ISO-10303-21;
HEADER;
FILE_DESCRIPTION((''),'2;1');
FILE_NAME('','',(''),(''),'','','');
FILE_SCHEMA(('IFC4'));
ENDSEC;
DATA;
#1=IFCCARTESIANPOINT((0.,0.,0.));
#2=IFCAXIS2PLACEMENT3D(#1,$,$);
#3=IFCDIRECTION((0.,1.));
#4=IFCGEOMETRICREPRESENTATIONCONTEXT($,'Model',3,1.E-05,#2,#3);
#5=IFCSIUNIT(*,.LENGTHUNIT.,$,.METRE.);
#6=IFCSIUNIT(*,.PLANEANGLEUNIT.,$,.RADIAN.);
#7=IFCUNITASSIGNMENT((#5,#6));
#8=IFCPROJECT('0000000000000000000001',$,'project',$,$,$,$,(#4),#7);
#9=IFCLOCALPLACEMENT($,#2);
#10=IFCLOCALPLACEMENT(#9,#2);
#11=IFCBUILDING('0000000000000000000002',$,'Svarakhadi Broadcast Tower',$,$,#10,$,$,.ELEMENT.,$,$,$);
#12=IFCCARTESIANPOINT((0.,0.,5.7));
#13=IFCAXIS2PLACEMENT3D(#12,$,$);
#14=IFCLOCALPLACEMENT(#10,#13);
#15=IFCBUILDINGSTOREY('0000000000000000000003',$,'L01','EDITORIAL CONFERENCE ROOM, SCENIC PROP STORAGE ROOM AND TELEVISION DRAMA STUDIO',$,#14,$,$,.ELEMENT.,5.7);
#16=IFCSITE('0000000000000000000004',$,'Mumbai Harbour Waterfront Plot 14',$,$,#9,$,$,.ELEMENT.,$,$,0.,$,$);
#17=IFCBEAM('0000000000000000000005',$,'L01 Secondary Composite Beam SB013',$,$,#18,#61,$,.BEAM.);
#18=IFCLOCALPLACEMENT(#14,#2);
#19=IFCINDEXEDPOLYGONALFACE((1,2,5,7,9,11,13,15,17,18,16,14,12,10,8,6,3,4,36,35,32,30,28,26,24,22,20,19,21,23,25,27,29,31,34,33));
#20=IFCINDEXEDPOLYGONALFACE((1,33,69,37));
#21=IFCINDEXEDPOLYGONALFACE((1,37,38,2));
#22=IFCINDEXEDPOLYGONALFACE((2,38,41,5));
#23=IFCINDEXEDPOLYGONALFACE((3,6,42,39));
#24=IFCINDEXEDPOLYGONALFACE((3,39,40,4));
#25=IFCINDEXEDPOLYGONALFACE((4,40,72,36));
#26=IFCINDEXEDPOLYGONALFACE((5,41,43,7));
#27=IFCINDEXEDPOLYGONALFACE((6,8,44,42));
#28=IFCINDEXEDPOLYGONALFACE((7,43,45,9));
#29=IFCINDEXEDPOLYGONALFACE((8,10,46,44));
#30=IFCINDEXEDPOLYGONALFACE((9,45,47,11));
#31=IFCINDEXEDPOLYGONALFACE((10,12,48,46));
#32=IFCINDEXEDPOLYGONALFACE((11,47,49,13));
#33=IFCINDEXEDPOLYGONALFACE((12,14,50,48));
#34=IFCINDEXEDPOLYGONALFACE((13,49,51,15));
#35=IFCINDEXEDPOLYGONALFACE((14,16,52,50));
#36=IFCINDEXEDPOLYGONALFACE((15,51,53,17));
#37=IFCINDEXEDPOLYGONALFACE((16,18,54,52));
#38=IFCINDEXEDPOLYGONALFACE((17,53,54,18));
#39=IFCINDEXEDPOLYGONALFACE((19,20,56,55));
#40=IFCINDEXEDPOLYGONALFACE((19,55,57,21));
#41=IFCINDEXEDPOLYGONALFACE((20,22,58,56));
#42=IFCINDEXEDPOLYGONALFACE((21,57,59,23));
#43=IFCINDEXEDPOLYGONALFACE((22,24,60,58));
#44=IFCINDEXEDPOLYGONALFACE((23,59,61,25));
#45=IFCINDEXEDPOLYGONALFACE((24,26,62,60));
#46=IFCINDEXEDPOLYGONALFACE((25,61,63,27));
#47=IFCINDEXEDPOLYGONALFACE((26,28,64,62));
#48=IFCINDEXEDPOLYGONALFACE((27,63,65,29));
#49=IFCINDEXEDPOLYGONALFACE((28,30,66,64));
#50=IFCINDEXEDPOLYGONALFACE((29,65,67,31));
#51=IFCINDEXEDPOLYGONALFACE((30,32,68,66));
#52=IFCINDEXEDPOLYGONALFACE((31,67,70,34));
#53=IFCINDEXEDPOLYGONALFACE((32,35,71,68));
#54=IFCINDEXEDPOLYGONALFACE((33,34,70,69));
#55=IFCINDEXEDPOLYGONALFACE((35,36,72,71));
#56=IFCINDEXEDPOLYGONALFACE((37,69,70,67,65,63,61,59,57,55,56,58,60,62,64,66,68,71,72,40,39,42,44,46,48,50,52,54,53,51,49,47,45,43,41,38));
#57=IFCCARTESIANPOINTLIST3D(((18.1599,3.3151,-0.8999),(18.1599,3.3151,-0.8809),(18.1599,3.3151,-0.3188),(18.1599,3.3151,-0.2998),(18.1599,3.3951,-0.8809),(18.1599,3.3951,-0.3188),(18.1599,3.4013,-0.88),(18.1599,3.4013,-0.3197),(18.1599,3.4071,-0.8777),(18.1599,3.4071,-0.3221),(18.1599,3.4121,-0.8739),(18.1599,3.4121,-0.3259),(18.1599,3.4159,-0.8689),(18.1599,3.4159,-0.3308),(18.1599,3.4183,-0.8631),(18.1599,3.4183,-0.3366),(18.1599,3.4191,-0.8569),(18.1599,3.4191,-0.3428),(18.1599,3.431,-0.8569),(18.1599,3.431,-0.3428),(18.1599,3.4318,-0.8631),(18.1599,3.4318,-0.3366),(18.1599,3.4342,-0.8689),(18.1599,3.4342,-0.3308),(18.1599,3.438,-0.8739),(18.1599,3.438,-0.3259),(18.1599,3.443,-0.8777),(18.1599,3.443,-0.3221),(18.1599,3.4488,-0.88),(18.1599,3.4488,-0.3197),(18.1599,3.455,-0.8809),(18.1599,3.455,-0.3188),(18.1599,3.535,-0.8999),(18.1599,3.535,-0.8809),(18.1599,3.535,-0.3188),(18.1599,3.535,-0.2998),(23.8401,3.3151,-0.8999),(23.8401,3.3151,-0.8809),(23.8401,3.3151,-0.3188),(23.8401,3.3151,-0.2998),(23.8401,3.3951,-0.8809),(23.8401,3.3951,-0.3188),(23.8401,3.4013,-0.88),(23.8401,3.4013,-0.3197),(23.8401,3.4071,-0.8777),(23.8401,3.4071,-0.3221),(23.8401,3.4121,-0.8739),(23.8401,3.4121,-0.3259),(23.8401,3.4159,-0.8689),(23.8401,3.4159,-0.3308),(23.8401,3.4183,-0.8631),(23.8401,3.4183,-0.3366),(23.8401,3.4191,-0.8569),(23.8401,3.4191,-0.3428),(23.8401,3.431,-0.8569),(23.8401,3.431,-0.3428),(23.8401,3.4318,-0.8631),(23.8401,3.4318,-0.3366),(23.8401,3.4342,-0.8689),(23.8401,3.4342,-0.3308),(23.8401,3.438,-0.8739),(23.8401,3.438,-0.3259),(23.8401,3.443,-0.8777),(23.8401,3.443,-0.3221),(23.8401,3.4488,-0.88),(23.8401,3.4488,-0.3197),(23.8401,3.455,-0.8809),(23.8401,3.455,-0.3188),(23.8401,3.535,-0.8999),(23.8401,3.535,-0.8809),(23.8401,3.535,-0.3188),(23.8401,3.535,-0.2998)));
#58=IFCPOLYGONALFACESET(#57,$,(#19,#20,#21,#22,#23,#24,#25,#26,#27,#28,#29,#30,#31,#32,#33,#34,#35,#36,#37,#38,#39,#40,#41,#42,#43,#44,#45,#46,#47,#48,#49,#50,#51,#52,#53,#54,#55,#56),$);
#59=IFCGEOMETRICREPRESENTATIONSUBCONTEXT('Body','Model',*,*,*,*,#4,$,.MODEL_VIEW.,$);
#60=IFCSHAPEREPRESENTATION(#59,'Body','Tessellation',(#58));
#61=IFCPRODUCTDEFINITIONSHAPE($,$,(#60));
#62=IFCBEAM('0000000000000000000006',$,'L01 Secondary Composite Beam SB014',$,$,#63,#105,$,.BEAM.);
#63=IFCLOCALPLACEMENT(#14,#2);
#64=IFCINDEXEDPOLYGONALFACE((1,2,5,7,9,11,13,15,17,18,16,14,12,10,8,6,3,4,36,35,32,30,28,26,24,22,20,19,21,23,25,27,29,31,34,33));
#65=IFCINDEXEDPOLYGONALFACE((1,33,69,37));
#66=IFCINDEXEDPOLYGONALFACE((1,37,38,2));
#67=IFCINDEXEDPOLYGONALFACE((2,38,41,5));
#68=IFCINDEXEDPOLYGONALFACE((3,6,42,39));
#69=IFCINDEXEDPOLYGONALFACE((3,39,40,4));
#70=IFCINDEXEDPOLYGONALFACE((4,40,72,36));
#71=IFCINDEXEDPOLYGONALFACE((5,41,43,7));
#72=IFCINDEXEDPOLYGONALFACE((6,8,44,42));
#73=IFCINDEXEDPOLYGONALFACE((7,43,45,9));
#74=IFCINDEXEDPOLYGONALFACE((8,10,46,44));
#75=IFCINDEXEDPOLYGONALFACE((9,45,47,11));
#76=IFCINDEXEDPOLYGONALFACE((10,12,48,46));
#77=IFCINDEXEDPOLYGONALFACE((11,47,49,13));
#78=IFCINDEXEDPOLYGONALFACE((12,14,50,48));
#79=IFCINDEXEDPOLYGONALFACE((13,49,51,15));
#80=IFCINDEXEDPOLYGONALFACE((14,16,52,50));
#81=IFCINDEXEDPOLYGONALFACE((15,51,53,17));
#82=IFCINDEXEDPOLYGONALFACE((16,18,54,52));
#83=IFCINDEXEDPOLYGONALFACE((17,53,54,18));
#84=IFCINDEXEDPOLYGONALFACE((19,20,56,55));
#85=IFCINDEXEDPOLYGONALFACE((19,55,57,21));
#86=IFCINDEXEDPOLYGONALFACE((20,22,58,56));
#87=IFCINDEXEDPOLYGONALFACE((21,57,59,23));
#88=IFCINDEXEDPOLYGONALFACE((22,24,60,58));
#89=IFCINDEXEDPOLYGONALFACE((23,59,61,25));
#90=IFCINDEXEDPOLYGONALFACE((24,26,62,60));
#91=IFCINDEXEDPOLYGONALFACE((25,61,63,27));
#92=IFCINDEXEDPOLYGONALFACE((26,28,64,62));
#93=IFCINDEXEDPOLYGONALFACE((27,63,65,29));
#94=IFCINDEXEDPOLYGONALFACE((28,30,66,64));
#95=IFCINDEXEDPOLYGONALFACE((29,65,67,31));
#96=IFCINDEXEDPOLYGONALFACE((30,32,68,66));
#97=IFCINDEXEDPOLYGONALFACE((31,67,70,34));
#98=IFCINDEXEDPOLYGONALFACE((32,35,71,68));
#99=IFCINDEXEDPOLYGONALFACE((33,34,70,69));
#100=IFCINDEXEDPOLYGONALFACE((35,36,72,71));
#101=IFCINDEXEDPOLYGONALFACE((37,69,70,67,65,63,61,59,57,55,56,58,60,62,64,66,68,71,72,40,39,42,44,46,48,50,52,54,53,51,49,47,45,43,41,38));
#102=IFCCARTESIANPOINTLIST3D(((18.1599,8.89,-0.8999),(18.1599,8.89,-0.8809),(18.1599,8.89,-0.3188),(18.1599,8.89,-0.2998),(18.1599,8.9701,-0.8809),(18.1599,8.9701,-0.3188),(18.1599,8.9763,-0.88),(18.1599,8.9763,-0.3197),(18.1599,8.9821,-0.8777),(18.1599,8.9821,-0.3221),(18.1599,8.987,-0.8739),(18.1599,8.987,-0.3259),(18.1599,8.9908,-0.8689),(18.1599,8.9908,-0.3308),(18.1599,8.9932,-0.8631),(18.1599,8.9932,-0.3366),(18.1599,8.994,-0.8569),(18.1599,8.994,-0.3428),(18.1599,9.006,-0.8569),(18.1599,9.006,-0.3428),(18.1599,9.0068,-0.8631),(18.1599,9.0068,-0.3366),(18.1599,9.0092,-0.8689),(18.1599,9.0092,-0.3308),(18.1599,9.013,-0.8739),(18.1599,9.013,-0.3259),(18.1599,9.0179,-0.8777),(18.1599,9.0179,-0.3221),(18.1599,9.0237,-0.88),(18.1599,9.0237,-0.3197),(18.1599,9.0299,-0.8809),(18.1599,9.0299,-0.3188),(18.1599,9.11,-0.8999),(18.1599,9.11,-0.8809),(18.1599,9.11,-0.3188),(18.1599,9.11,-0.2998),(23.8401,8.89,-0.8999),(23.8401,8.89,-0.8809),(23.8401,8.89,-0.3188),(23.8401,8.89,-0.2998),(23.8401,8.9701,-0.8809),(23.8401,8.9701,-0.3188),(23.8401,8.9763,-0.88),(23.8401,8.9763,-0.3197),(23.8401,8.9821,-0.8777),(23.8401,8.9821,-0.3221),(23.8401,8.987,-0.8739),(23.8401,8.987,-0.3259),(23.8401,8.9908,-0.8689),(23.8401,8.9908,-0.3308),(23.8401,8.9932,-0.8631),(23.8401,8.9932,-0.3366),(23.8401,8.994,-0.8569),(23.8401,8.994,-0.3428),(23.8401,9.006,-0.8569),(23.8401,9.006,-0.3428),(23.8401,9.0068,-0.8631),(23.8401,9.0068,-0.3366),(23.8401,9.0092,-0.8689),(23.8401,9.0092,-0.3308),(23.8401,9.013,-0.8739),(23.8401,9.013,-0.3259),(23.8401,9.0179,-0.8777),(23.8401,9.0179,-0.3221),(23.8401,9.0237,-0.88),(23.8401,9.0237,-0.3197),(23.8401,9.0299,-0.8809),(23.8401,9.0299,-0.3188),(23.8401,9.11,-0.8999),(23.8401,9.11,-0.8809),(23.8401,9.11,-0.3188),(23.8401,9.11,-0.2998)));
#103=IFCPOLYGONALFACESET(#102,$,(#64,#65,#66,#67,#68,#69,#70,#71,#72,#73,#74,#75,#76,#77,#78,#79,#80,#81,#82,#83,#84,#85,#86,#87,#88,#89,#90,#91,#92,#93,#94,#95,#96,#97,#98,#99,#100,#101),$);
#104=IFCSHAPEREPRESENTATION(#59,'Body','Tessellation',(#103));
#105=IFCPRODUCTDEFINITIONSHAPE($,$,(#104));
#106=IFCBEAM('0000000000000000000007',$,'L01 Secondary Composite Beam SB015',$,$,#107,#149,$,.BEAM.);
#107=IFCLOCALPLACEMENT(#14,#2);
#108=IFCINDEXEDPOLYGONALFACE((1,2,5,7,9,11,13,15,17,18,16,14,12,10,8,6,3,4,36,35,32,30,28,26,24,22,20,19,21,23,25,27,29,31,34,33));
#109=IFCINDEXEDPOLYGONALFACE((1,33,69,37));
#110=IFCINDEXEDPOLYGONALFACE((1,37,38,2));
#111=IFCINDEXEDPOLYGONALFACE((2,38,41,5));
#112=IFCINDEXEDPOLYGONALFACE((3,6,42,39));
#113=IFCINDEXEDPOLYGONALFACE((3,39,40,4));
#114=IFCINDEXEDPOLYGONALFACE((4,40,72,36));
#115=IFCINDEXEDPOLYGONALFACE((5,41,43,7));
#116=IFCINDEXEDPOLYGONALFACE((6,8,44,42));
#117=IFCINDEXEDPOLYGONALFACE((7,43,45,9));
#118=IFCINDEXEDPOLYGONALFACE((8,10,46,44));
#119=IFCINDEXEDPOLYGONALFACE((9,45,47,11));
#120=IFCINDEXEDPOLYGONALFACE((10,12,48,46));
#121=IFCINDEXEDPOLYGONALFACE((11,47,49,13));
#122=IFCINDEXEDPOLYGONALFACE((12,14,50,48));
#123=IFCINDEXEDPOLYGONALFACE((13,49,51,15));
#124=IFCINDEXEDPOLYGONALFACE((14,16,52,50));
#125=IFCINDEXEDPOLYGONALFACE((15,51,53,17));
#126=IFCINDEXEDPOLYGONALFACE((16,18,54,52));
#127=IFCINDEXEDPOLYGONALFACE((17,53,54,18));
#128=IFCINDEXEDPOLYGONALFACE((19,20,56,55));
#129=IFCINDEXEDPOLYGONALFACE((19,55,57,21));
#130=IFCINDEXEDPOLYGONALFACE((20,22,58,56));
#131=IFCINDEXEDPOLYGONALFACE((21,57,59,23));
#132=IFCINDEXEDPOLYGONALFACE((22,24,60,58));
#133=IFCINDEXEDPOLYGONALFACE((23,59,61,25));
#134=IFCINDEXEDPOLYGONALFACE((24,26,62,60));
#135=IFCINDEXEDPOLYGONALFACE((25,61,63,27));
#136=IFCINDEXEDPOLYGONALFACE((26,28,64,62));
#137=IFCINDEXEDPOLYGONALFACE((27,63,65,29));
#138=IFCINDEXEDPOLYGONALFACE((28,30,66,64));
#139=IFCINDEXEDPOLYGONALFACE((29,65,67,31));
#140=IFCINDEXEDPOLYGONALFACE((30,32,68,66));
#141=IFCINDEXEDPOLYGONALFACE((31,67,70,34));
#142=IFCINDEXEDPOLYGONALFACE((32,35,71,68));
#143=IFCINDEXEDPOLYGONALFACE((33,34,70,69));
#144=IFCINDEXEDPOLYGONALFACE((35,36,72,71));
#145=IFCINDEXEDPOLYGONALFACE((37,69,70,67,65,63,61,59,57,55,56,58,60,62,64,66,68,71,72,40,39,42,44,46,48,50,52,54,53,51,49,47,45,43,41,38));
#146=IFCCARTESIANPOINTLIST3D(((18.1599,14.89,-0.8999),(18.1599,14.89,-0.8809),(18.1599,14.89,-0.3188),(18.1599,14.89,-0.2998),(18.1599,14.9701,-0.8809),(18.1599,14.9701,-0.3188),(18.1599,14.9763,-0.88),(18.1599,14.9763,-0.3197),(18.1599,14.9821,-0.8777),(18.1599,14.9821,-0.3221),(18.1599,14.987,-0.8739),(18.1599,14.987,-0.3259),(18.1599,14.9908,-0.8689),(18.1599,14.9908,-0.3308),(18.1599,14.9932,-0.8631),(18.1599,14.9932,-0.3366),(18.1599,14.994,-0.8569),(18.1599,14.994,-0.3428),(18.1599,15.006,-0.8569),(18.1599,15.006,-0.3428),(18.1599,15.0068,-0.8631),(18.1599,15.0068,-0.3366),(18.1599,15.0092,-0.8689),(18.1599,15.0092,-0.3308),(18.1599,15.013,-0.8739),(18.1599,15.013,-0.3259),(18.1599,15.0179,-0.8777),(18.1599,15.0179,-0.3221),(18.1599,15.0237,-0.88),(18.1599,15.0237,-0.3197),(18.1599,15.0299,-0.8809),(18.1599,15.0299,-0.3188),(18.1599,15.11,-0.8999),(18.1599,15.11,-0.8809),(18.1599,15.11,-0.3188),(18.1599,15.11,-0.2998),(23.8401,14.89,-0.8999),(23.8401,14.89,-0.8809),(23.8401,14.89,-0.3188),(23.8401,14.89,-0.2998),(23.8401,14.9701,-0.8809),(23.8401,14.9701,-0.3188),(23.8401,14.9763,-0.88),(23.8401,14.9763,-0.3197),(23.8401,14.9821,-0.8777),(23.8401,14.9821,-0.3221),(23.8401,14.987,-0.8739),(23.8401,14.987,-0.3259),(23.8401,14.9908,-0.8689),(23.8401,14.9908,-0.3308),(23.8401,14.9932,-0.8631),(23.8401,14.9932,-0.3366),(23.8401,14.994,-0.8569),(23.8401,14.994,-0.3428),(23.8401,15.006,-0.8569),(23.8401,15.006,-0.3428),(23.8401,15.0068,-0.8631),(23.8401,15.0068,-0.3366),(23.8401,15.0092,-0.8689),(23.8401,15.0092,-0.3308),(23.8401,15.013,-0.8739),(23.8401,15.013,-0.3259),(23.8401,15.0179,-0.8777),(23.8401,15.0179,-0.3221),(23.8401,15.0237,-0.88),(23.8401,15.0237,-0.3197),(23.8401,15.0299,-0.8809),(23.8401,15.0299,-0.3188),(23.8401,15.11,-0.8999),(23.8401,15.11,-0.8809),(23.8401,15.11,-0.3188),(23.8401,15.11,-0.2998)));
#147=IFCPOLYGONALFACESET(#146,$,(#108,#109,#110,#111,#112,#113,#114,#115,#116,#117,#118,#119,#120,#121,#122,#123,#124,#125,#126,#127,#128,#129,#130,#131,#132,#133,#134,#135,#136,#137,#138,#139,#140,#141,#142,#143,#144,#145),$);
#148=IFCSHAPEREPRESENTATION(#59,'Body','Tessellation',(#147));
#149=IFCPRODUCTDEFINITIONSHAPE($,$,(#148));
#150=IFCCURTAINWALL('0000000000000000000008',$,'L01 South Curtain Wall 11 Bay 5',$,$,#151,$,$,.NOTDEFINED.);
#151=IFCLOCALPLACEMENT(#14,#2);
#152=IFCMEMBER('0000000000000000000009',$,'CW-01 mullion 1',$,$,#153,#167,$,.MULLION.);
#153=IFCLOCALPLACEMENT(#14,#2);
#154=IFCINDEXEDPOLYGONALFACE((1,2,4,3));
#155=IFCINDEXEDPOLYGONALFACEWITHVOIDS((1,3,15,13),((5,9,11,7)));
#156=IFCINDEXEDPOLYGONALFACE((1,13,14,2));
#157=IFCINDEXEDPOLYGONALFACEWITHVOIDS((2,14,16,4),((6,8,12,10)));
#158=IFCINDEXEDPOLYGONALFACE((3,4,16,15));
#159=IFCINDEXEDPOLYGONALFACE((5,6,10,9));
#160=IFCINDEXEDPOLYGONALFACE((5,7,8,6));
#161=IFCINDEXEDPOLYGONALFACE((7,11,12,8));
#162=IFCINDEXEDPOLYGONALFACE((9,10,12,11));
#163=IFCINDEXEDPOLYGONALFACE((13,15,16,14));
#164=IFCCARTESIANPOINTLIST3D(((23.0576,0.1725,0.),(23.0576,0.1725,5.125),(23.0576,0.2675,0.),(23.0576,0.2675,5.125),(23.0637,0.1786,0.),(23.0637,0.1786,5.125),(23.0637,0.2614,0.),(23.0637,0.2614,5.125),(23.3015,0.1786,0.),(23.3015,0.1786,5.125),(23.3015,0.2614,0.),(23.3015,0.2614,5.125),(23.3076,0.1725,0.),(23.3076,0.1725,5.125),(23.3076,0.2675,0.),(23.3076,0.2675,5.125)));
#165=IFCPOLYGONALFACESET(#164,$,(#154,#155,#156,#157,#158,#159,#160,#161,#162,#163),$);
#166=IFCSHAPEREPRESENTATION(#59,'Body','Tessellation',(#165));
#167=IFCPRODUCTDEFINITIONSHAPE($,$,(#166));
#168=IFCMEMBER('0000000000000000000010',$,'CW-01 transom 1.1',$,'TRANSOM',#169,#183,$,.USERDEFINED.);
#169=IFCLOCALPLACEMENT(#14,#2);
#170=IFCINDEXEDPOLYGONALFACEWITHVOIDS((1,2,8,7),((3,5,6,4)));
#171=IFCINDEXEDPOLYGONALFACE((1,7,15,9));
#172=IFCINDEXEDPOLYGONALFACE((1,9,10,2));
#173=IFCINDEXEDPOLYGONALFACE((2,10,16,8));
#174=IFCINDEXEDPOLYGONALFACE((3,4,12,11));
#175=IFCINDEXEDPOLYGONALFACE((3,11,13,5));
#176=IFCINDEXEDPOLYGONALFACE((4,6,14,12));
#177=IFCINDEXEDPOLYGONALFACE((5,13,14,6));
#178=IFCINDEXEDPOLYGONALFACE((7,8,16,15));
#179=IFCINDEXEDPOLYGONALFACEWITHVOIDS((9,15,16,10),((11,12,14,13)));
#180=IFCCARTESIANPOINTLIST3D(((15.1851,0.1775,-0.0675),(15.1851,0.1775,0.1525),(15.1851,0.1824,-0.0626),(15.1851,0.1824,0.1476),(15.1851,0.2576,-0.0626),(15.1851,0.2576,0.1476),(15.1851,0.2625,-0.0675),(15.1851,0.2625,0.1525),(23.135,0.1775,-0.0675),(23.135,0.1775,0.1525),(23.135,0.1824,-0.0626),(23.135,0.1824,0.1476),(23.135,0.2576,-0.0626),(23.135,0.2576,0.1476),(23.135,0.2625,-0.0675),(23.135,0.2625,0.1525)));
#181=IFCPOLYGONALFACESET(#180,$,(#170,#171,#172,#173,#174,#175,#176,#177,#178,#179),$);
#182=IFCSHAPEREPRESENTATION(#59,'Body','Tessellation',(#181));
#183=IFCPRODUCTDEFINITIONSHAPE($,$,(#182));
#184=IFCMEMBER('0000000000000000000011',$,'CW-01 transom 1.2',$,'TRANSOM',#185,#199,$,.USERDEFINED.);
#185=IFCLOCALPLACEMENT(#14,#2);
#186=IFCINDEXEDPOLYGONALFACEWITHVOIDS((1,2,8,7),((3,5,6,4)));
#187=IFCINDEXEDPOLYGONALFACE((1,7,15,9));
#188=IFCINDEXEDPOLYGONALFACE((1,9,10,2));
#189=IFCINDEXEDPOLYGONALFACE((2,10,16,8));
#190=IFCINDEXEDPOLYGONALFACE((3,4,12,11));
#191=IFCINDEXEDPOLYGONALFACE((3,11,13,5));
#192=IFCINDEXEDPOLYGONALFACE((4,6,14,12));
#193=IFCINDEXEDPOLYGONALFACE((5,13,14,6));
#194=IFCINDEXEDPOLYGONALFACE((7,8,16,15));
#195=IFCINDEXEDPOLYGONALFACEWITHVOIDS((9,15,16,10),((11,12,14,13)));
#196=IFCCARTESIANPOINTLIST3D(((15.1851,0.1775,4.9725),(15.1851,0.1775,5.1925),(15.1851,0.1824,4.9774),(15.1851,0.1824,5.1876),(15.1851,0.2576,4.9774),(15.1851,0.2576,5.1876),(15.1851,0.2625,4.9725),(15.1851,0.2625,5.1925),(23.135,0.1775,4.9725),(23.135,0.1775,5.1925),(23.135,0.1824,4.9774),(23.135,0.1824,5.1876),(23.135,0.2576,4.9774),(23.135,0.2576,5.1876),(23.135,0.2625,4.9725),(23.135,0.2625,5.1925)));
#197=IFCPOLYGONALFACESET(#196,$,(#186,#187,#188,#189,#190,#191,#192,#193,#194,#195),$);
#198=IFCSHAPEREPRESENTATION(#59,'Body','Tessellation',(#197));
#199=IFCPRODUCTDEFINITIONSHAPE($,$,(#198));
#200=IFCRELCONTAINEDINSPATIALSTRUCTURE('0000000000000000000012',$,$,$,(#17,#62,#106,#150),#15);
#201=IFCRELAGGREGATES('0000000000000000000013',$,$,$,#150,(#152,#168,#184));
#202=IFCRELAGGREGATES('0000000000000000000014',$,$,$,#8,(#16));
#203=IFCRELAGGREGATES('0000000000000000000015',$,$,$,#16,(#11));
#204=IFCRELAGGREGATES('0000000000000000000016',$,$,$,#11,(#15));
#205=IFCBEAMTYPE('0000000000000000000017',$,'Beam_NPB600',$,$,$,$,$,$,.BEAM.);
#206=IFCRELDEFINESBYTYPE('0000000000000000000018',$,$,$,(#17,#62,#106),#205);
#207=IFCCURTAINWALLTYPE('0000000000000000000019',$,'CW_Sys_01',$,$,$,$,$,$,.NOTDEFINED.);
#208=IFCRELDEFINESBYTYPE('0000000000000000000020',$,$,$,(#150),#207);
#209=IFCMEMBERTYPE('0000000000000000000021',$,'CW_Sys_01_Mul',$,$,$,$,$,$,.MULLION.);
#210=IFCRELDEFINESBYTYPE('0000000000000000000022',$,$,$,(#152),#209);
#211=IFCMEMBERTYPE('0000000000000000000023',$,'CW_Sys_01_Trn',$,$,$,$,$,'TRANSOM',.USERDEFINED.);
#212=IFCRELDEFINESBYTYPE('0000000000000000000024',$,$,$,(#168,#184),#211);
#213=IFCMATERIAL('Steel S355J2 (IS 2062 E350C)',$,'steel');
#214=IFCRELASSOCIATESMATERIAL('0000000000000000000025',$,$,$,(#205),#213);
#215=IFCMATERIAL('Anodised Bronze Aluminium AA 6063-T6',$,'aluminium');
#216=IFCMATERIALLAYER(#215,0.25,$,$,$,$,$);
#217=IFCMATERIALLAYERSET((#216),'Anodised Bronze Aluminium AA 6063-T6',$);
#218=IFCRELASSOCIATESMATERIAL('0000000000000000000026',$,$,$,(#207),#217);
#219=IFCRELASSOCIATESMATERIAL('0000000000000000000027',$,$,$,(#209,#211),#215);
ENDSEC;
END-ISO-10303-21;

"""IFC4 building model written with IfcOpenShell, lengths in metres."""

from ifc_helpers import new_model, si_unit, direction, frame, origin, origin_2d, place, context, subcontext, project, spatial, hollow_rectangle, i_section, extrude, material, layer, layer_set, material_profile, profile_set, type_object, element, aggregate, save


model = new_model("IFC4")

# Units and contexts
model_context = context("Model", 3, precision=1e-05, world=origin(), true_north=direction((0.0, 1.0)))
body_context = subcontext(model_context, "Body", "Model", "MODEL_VIEW")
ifc_project = project(units=[si_unit("LENGTHUNIT", "METRE"), si_unit("PLANEANGLEUNIT", "RADIAN")], contexts=[model_context])

# Site, building, storey
site_placement = place(None, origin())
site = spatial("IfcSite", under=ifc_project, at=site_placement, Name="Mumbai Harbour Waterfront Plot 14", CompositionType="ELEMENT", RefElevation=0.0)
building_placement = place(site_placement, origin())
building = spatial("IfcBuilding", under=site, at=building_placement, Name="Svarakhadi Broadcast Tower", CompositionType="ELEMENT")
storey_placement = place(building_placement, frame((0.0, 0.0, 5.7)))
storey = spatial("IfcBuildingStorey", under=building, at=storey_placement, Name="L01", Description="EDITORIAL CONFERENCE ROOM, SCENIC PROP STORAGE ROOM AND TELEVISION DRAMA STUDIO", CompositionType="ELEMENT", Elevation=5.7)

# Beams
ifc_material_1 = material(Name="Steel S355J2 (IS 2062 E350C)", Category="steel")
ifc_material_profile_1 = material_profile(ifc_material_1, i_section(OverallWidth=0.22, OverallDepth=0.6001, WebThickness=0.012, FlangeThickness=0.019, FilletRadius=0.0239, at=origin_2d()), Name="NPB 600x220x122")
ifc_profile_set_1 = profile_set([ifc_material_profile_1], Name="Steel S355J2 (IS 2062 E350C)")
beam_type_1 = type_object("IfcBeamType", Name="Beam_NPB600", PredefinedType="BEAM", material=ifc_profile_set_1)
for number, where, z_axis, x_axis, name in (
    (1, (18.1599, 3.425, -0.5999), (1.0, 0.0, 0.0), (0.0, 1.0, 0.0), "L01 Secondary Composite Beam SB013"),
    (2, (18.1599, 9.0, -0.5999), (1.0, 0.0, 0.0), (0.0, 1.0, 0.0), "L01 Secondary Composite Beam SB014"),
    (3, (18.1599, 15.0, -0.5999), (1.0, 0.0, 0.0), (0.0, 1.0, 0.0), "L01 Secondary Composite Beam SB015"),
):
    element("IfcBeam", number, at=place(storey_placement, frame(where, z_axis=z_axis, x_axis=x_axis)), inside=storey, type_object=beam_type_1, Name=name, PredefinedType="BEAM", context=body_context, shape_type="SweptSolid", body=[
        extrude(i_section(OverallWidth=0.22, OverallDepth=0.6001, WebThickness=0.012, FlangeThickness=0.019, FilletRadius=0.0239, at=origin_2d()), origin(), (0.0, 0.0, 1.0), 5.6802),
    ])

# Curtain wall, members
ifc_material_2 = material(Name="Anodised Bronze Aluminium AA 6063-T6", Category="aluminium")
ifc_layer_1 = layer(ifc_material_2, 0.25)
ifc_layer_set_1 = layer_set([ifc_layer_1], Name="Anodised Bronze Aluminium AA 6063-T6")
curtain_wall_type = type_object("IfcCurtainWallType", Name="CW_Sys_01", PredefinedType="NOTDEFINED", material=ifc_layer_set_1)
curtain_wall_placement = place(storey_placement, origin())
curtain_wall = element("IfcCurtainWall", 4, at=curtain_wall_placement, inside=storey, type_object=curtain_wall_type, Name="L01 South Curtain Wall 11 Bay 5", PredefinedType="NOTDEFINED")
ifc_material_profile_2 = material_profile(ifc_material_2, hollow_rectangle(XDim=0.095, YDim=0.25, WallThickness=0.0061, at=origin_2d()), Name="ALU MULLION 250x95x6")
ifc_profile_set_2 = profile_set([ifc_material_profile_2], Name="Anodised Bronze Aluminium AA 6063-T6")
member_type_1 = type_object("IfcMemberType", Name="CW_Sys_01_Mul", PredefinedType="MULLION", material=ifc_profile_set_2)
member_1_placement = place(storey_placement, frame((23.1826, 0.22, 0.0), z_axis=(0.0, 0.0, 1.0), x_axis=(0.0, -1.0, 0.0)))
member_1 = element("IfcMember", 5, at=member_1_placement, type_object=member_type_1, Name="CW-01 mullion 1", PredefinedType="MULLION", context=body_context, shape_type="SweptSolid", body=[
    extrude(hollow_rectangle(XDim=0.095, YDim=0.25, WallThickness=0.0061, at=origin_2d()), origin(), (0.0, 0.0, 1.0), 5.125),
])
ifc_material_profile_3 = material_profile(ifc_material_2, hollow_rectangle(XDim=0.085, YDim=0.22, WallThickness=0.0049, at=origin_2d()), Name="ALU TRANSOM 220x85x5")
ifc_profile_set_3 = profile_set([ifc_material_profile_3], Name="Anodised Bronze Aluminium AA 6063-T6")
member_type_2 = type_object("IfcMemberType", Name="CW_Sys_01_Trn", ElementType="TRANSOM", PredefinedType="USERDEFINED", material=ifc_profile_set_3)
member_2_placement = place(storey_placement, frame((23.135, 0.22, 0.0425), z_axis=(-1.0, 0.0, 0.0), x_axis=(0.0, -1.0, 0.0)))
member_2 = element("IfcMember", 6, at=member_2_placement, type_object=member_type_2, Name="CW-01 transom 1.1", ObjectType="TRANSOM", PredefinedType="USERDEFINED", context=body_context, shape_type="SweptSolid", body=[
    extrude(hollow_rectangle(XDim=0.085, YDim=0.22, WallThickness=0.0049, at=origin_2d()), origin(), (0.0, 0.0, 1.0), 7.95),
])
member_3_placement = place(storey_placement, frame((23.135, 0.22, 5.0825), z_axis=(-1.0, 0.0, 0.0), x_axis=(0.0, -1.0, 0.0)))
member_3 = element("IfcMember", 7, at=member_3_placement, type_object=member_type_2, Name="CW-01 transom 1.2", ObjectType="TRANSOM", PredefinedType="USERDEFINED", context=body_context, shape_type="SweptSolid", body=[
    extrude(hollow_rectangle(XDim=0.085, YDim=0.22, WallThickness=0.0049, at=origin_2d()), origin(), (0.0, 0.0, 1.0), 7.95),
])

aggregate(curtain_wall, [member_1, member_2, member_3])

save(model, "model.ifc")
